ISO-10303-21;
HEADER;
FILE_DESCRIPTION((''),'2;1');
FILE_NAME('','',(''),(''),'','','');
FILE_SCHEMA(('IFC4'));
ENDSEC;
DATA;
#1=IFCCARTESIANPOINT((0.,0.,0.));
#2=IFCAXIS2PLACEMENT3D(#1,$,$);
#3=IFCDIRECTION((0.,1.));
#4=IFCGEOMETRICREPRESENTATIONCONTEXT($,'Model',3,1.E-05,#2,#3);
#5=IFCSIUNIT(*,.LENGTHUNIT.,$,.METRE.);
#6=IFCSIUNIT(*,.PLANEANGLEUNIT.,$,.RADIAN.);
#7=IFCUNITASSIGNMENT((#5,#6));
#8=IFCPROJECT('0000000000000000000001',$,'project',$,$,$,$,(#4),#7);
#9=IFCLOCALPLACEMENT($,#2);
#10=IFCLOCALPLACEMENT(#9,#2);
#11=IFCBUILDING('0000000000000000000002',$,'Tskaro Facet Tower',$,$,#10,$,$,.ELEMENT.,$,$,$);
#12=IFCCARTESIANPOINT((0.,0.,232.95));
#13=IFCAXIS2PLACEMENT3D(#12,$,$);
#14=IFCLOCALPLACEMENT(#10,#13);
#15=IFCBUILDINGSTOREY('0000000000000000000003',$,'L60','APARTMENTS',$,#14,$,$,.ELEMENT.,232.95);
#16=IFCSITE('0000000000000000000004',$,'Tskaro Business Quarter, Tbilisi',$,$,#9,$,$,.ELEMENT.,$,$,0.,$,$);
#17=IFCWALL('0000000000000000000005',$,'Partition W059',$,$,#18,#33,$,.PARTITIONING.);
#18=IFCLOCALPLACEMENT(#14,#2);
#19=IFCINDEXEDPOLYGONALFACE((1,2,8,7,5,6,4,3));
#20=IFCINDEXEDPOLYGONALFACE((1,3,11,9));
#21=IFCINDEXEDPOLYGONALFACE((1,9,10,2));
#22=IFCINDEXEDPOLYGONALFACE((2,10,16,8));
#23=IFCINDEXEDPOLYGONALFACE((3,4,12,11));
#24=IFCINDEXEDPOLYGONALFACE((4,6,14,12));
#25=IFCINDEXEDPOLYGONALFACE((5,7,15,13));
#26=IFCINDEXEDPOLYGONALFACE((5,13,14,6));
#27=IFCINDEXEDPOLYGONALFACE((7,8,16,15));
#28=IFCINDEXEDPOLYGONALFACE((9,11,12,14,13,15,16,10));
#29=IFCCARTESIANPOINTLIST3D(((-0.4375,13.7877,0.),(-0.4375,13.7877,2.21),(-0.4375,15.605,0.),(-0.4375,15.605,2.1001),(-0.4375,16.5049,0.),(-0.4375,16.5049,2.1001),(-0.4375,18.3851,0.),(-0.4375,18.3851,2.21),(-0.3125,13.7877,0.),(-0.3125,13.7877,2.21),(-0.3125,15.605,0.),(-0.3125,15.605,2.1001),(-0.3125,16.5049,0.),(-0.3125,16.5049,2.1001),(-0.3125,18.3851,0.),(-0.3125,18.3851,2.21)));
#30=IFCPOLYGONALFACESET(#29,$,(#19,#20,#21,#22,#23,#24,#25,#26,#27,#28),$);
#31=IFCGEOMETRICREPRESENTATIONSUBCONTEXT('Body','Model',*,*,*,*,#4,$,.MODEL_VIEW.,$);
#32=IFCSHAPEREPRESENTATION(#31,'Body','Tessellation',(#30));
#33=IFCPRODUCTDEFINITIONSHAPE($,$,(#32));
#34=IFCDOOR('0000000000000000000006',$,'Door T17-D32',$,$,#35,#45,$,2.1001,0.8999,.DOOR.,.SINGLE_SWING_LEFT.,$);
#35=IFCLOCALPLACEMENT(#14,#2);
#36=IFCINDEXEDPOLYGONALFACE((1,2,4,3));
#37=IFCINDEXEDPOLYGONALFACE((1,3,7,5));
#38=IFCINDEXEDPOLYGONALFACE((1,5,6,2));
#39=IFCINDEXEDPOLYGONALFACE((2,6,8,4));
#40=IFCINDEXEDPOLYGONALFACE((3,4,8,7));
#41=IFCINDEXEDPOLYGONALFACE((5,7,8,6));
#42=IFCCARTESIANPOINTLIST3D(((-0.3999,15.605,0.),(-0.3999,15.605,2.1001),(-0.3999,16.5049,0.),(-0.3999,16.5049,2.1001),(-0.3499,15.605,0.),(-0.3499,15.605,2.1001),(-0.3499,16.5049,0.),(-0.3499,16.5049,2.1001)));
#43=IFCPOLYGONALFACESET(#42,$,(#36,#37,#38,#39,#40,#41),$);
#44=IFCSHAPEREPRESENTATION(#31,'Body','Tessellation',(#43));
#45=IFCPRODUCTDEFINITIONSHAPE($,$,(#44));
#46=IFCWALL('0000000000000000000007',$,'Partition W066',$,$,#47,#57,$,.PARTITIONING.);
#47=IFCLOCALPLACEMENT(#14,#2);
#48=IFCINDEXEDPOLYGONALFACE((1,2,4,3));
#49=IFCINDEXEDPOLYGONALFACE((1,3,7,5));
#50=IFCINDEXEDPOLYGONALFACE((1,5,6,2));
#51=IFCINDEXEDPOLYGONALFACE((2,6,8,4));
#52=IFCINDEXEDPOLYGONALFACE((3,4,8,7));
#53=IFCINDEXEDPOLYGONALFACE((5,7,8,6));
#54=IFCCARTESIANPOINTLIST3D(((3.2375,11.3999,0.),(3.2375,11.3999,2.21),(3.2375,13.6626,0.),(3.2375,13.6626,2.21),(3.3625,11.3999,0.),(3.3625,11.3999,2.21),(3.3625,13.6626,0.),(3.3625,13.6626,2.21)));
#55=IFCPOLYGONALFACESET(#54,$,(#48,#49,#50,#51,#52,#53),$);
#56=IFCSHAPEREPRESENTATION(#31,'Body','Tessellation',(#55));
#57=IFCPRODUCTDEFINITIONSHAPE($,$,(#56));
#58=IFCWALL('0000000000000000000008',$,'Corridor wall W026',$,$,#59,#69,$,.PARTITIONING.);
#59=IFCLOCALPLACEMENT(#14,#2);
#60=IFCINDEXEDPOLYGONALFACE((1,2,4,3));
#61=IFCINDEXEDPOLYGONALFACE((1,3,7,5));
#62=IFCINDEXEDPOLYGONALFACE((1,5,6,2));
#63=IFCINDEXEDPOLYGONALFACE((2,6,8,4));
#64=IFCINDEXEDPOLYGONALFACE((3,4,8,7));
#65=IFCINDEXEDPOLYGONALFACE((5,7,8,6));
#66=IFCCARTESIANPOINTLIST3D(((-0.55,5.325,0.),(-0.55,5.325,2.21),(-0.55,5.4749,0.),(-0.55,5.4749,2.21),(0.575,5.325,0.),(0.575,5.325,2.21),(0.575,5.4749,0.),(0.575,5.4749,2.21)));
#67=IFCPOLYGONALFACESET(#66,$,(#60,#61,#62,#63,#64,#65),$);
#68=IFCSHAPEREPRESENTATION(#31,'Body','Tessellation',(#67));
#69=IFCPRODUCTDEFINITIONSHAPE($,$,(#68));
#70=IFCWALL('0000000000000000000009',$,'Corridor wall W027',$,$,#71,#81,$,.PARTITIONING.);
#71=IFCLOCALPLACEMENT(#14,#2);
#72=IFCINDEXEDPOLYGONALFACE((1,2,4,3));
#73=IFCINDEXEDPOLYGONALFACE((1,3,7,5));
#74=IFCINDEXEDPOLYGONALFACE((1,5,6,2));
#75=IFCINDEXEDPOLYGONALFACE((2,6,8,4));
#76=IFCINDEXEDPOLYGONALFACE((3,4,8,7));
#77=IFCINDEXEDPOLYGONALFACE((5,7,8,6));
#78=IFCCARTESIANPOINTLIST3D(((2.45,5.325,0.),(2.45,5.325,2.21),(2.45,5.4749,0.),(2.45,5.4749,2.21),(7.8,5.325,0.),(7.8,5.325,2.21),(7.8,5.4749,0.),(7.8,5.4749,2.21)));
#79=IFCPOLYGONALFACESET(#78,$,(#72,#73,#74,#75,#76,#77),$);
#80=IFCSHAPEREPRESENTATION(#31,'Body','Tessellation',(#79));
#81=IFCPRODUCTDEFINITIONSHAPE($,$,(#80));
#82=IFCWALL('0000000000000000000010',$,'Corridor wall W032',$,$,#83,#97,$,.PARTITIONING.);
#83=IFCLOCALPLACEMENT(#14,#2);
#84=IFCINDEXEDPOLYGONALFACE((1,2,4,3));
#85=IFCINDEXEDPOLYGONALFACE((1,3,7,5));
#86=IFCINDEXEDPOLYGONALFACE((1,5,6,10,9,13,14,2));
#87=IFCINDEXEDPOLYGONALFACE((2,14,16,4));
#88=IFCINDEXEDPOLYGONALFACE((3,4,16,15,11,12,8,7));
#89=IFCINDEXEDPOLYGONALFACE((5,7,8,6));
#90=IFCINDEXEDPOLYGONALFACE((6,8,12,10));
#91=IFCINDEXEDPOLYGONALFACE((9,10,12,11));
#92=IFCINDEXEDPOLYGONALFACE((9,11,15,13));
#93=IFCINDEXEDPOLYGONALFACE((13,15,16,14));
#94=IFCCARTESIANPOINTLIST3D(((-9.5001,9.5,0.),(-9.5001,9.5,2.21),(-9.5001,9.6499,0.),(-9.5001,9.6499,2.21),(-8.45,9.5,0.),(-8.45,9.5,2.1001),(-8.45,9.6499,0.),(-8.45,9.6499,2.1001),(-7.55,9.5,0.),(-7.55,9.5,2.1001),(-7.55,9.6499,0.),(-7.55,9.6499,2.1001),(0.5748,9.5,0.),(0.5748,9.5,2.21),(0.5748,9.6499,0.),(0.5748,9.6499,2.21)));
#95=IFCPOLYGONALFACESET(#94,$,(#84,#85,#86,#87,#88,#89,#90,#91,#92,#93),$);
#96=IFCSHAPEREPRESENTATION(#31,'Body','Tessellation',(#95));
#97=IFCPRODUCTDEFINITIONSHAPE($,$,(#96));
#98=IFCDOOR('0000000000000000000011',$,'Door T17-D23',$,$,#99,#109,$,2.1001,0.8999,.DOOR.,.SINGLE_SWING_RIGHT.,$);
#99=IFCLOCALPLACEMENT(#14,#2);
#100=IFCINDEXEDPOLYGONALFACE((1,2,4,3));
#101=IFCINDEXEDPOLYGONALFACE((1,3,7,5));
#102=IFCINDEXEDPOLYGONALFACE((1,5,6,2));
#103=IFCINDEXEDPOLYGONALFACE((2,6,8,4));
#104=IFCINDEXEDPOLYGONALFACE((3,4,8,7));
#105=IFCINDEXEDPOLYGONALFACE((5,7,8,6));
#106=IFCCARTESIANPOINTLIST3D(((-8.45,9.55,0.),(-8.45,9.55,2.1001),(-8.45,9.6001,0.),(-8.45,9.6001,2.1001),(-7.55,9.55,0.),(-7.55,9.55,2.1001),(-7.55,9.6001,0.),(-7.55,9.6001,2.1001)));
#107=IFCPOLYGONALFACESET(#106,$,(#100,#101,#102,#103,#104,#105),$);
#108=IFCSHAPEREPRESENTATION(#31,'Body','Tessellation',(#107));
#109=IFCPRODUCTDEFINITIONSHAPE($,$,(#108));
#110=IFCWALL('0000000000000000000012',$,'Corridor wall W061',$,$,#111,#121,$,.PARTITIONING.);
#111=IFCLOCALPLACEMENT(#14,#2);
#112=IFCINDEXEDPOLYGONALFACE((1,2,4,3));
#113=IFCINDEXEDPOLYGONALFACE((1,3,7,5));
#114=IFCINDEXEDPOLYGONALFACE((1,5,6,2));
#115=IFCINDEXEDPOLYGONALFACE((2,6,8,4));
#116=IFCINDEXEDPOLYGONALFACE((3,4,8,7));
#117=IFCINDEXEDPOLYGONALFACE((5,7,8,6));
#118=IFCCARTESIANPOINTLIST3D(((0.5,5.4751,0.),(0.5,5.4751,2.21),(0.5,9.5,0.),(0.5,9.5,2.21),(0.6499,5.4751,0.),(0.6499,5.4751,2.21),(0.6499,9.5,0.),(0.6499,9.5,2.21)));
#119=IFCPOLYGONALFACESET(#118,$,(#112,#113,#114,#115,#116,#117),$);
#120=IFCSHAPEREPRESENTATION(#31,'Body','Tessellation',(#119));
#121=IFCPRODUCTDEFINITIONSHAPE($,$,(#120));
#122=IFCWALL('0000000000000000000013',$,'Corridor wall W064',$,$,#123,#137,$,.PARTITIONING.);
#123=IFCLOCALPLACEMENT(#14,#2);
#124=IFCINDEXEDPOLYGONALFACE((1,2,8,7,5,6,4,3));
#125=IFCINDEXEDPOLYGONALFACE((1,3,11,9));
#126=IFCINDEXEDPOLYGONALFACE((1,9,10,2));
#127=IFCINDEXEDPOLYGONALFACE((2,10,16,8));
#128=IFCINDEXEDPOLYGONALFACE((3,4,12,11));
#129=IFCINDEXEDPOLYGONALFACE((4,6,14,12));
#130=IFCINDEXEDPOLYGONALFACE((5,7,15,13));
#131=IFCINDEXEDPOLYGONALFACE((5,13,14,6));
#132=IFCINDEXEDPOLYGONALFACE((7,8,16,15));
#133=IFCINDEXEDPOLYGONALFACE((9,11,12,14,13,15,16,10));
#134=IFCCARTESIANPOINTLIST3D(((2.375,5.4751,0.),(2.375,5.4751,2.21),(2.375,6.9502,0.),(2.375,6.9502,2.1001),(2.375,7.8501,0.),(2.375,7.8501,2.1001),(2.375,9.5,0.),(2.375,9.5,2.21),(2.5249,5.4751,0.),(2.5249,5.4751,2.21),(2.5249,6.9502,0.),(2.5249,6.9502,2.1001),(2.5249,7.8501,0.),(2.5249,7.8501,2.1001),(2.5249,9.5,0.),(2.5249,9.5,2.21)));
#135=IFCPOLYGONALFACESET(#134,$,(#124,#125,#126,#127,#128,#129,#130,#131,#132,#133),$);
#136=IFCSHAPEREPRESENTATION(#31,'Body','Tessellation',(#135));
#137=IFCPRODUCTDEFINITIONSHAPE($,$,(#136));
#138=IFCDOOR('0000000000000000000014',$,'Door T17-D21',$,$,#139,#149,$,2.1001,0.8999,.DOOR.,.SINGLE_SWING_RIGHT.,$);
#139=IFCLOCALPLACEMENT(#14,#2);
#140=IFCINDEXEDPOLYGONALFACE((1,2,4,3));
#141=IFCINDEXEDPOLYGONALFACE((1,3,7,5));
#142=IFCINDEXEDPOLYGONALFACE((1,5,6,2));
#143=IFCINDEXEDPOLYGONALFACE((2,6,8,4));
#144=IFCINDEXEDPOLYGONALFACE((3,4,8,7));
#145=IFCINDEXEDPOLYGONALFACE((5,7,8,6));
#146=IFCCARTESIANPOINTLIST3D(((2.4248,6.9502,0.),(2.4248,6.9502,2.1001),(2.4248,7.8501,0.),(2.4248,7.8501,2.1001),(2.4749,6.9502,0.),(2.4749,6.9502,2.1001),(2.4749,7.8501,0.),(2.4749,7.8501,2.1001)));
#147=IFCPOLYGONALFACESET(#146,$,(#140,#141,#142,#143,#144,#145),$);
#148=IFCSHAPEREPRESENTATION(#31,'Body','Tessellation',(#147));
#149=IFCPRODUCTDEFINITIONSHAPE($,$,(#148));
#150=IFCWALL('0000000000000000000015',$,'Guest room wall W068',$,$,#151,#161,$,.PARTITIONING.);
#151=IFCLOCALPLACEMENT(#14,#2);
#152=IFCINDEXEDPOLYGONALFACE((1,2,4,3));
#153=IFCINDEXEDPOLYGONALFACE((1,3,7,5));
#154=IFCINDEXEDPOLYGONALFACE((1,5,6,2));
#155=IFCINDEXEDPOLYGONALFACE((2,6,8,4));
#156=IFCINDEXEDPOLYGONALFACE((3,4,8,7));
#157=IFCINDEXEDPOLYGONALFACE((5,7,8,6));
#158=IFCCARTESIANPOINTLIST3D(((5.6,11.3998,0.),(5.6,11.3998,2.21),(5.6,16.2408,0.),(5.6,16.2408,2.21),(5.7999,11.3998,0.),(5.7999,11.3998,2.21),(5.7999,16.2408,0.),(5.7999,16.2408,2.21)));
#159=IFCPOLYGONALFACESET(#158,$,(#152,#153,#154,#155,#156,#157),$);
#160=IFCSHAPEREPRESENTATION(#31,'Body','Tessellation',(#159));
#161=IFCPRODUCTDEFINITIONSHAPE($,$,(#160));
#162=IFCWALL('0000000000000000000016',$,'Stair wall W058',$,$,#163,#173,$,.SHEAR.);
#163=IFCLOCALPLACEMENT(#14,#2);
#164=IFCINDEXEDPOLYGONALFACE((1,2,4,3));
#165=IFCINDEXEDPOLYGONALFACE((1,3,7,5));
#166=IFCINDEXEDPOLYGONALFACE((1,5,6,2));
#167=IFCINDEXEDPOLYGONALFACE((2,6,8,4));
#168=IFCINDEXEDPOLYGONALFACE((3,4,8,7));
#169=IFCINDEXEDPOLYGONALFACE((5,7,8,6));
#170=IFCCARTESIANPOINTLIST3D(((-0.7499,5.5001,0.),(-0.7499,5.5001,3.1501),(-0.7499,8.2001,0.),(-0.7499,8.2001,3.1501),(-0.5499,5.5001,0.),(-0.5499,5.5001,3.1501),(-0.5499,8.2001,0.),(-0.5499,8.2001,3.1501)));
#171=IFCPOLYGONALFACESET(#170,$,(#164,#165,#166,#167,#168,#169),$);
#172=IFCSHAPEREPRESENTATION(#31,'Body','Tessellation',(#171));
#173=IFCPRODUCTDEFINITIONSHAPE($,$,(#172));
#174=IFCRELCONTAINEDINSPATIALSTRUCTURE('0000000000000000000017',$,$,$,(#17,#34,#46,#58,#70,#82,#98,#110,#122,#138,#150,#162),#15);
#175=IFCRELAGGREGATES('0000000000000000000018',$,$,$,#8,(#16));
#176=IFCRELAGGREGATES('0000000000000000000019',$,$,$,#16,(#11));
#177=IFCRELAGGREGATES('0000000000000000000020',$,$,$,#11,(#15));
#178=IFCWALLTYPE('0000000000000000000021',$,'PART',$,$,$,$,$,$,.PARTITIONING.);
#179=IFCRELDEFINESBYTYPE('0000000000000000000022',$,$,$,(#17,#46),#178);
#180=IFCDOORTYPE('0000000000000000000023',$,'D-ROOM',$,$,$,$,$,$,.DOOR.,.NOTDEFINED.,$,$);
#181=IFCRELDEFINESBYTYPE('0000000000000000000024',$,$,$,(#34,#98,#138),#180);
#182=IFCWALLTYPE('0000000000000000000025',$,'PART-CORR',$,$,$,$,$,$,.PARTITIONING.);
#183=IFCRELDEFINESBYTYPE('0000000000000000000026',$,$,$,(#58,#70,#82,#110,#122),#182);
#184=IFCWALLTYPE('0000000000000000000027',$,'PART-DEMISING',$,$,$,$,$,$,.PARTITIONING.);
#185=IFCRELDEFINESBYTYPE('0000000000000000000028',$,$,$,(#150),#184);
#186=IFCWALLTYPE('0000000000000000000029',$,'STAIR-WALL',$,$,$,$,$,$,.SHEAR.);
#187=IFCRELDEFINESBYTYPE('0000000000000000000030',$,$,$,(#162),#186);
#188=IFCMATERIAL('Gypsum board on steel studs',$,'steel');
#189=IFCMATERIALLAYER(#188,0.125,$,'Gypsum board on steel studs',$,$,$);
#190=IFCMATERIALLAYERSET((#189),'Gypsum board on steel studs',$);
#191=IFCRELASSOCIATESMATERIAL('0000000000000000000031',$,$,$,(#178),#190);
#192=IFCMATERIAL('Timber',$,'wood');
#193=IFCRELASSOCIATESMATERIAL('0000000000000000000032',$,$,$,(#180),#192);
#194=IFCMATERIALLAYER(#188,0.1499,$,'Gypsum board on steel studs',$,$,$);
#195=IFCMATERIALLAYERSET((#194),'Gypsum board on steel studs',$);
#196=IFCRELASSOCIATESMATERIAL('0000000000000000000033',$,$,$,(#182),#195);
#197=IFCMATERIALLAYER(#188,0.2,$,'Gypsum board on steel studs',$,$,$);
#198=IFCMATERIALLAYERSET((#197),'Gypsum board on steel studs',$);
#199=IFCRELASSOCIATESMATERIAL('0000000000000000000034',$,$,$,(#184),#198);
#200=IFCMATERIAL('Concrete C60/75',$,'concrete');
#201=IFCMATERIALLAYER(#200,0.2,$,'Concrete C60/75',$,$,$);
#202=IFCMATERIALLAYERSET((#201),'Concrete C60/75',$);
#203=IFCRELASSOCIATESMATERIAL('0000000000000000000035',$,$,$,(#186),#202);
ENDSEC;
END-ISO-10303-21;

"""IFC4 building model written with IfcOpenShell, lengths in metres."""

from ifc_helpers import new_model, si_unit, direction, frame, frame_2d, origin, place, context, subcontext, project, spatial, rectangle, extrude, material, layer, layer_set, type_object, element, fill, save


model = new_model("IFC4")

# Units and contexts
model_context = context("Model", 3, precision=1e-05, world=origin(), true_north=direction((0.0, 1.0)))
body_context = subcontext(model_context, "Body", "Model", "MODEL_VIEW")
ifc_project = project(units=[si_unit("LENGTHUNIT", "METRE"), si_unit("PLANEANGLEUNIT", "RADIAN")], contexts=[model_context])

# Site, building, storey
site_placement = place(None, origin())
site = spatial("IfcSite", under=ifc_project, at=site_placement, Name="Tskaro Business Quarter, Tbilisi", CompositionType="ELEMENT", RefElevation=0.0)
building_placement = place(site_placement, origin())
building = spatial("IfcBuilding", under=site, at=building_placement, Name="Tskaro Facet Tower", CompositionType="ELEMENT")
storey_placement = place(building_placement, frame((0.0, 0.0, 232.95)))
storey = spatial("IfcBuildingStorey", under=building, at=storey_placement, Name="L60", Description="APARTMENTS", CompositionType="ELEMENT", Elevation=232.95)

# Shared definitions
ifc_material_1 = material(Name="Concrete C60/75", Category="concrete")

# Shared definitions
ifc_material_2 = material(Name="Gypsum board on steel studs", Category="steel")
ifc_layer_1 = layer(ifc_material_2, 0.125, Name="Gypsum board on steel studs")
ifc_layer_set_1 = layer_set([ifc_layer_1], Name="Gypsum board on steel studs")
wall_type_1 = type_object("IfcWallType", Name="PART", PredefinedType="PARTITIONING", material=ifc_layer_set_1)

# Wall, opening, door
wall_1_placement = place(storey_placement, frame((-0.375, 13.7876, 0.0), z_axis=(0.0, 0.0, 1.0), x_axis=(0.0, 1.0, 0.0)))
wall_1 = element("IfcWall", 1, at=wall_1_placement, inside=storey, type_object=wall_type_1, Name="Partition W059", PredefinedType="PARTITIONING", context=body_context, shape_type="SweptSolid", body=[
    extrude(rectangle(XDim=4.5974, YDim=0.125, at=frame_2d((2.2988, 0.0))), origin(), (0.0, 0.0, 1.0), 2.21),
])
opening_1_placement = place(wall_1_placement, frame((1.8174, 0.0, 0.0)))
opening_1 = element("IfcOpeningElement", 2, at=opening_1_placement, cuts=wall_1, PredefinedType="OPENING", context=body_context, shape_type="SweptSolid", body=[
    extrude(rectangle(XDim=0.8999, YDim=2.1001, at=frame_2d((0.45, 1.05))), frame((0.0, 0.0725, 0.0), z_axis=(0.0, -1.0, 0.0), x_axis=(1.0, 0.0, 0.0)), (0.0, 0.0, 1.0), 0.145),
])
ifc_material_3 = material(Name="Timber", Category="wood")
door_type = type_object("IfcDoorType", Name="D-ROOM", OperationType="NOTDEFINED", PredefinedType="DOOR", material=ifc_material_3)
door_1_placement = place(opening_1_placement, origin())
door_1 = element("IfcDoor", 3, at=door_1_placement, inside=storey, type_object=door_type, Name="Door T17-D32", OperationType="SINGLE_SWING_LEFT", OverallHeight=2.1001, OverallWidth=0.8999, PredefinedType="DOOR", context=body_context, shape_type="SweptSolid", body=[
    extrude(rectangle(XDim=0.8999, YDim=2.1001, at=frame_2d((0.45, 1.05))), frame((0.0, 0.0249, 0.0), z_axis=(0.0, -1.0, 0.0), x_axis=(1.0, 0.0, 0.0)), (0.0, 0.0, 1.0), 0.05),
])
fill(opening_1, door_1)

# Walls
wall_2_placement = place(storey_placement, frame((3.3, 11.3999, 0.0), z_axis=(0.0, 0.0, 1.0), x_axis=(0.0, 1.0, 0.0)))
element("IfcWall", 4, at=wall_2_placement, inside=storey, type_object=wall_type_1, Name="Partition W066", PredefinedType="PARTITIONING", context=body_context, shape_type="SweptSolid", body=[
    extrude(rectangle(XDim=2.2627, YDim=0.125, at=frame_2d((1.1313, 0.0))), origin(), (0.0, 0.0, 1.0), 2.21),
])
ifc_layer_2 = layer(ifc_material_2, 0.1499, Name="Gypsum board on steel studs")
ifc_layer_set_2 = layer_set([ifc_layer_2], Name="Gypsum board on steel studs")
wall_type_2 = type_object("IfcWallType", Name="PART-CORR", PredefinedType="PARTITIONING", material=ifc_layer_set_2)
wall_3_placement = place(storey_placement, frame((-0.55, 5.3999, 0.0), z_axis=(0.0, 0.0, 1.0), x_axis=(1.0, 0.0, 0.0)))
element("IfcWall", 5, at=wall_3_placement, inside=storey, type_object=wall_type_2, Name="Corridor wall W026", PredefinedType="PARTITIONING", context=body_context, shape_type="SweptSolid", body=[
    extrude(rectangle(XDim=1.125, YDim=0.1499, at=frame_2d((0.5625, 0.0))), origin(), (0.0, 0.0, 1.0), 2.21),
])
wall_4_placement = place(storey_placement, frame((2.45, 5.3999, 0.0), z_axis=(0.0, 0.0, 1.0), x_axis=(1.0, 0.0, 0.0)))
element("IfcWall", 6, at=wall_4_placement, inside=storey, type_object=wall_type_2, Name="Corridor wall W027", PredefinedType="PARTITIONING", context=body_context, shape_type="SweptSolid", body=[
    extrude(rectangle(XDim=5.3501, YDim=0.1499, at=frame_2d((2.675, 0.0))), origin(), (0.0, 0.0, 1.0), 2.21),
])

# Wall, opening, door
wall_5_placement = place(storey_placement, frame((0.575, 9.575, 0.0), z_axis=(0.0, 0.0, 1.0), x_axis=(-1.0, 0.0, 0.0)))
wall_5 = element("IfcWall", 7, at=wall_5_placement, inside=storey, type_object=wall_type_2, Name="Corridor wall W032", PredefinedType="PARTITIONING", context=body_context, shape_type="SweptSolid", body=[
    extrude(rectangle(XDim=10.075, YDim=0.1499, at=frame_2d((5.0376, 0.0))), origin(), (0.0, 0.0, 1.0), 2.21),
])
opening_2_placement = place(wall_5_placement, frame((8.125, 0.0, 0.0)))
opening_2 = element("IfcOpeningElement", 8, at=opening_2_placement, cuts=wall_5, PredefinedType="OPENING", context=body_context, shape_type="SweptSolid", body=[
    extrude(rectangle(XDim=0.8999, YDim=2.1001, at=frame_2d((0.45, 1.05))), frame((0.0, 0.085, 0.0), z_axis=(0.0, -1.0, 0.0), x_axis=(1.0, 0.0, 0.0)), (0.0, 0.0, 1.0), 0.1699),
])
door_2_placement = place(opening_2_placement, origin())
door_2 = element("IfcDoor", 9, at=door_2_placement, inside=storey, type_object=door_type, Name="Door T17-D23", OperationType="SINGLE_SWING_RIGHT", OverallHeight=2.1001, OverallWidth=0.8999, PredefinedType="DOOR", context=body_context, shape_type="SweptSolid", body=[
    extrude(rectangle(XDim=0.8999, YDim=2.1001, at=frame_2d((0.45, 1.05))), frame((0.0, 0.0249, 0.0), z_axis=(0.0, -1.0, 0.0), x_axis=(1.0, 0.0, 0.0)), (0.0, 0.0, 1.0), 0.05),
])
fill(opening_2, door_2)

# Wall
wall_6_placement = place(storey_placement, frame((0.575, 5.4751, 0.0), z_axis=(0.0, 0.0, 1.0), x_axis=(0.0, 1.0, 0.0)))
element("IfcWall", 10, at=wall_6_placement, inside=storey, type_object=wall_type_2, Name="Corridor wall W061", PredefinedType="PARTITIONING", context=body_context, shape_type="SweptSolid", body=[
    extrude(rectangle(XDim=4.0249, YDim=0.1499, at=frame_2d((2.0125, 0.0))), origin(), (0.0, 0.0, 1.0), 2.21),
])

# Wall, opening, door
wall_7_placement = place(storey_placement, frame((2.45, 9.5, 0.0), z_axis=(0.0, 0.0, 1.0), x_axis=(0.0, -1.0, 0.0)))
wall_7 = element("IfcWall", 11, at=wall_7_placement, inside=storey, type_object=wall_type_2, Name="Corridor wall W064", PredefinedType="PARTITIONING", context=body_context, shape_type="SweptSolid", body=[
    extrude(rectangle(XDim=4.0249, YDim=0.1499, at=frame_2d((2.0125, 0.0))), origin(), (0.0, 0.0, 1.0), 2.21),
])
opening_3_placement = place(wall_7_placement, frame((1.6499, 0.0, 0.0)))
opening_3 = element("IfcOpeningElement", 12, at=opening_3_placement, cuts=wall_7, PredefinedType="OPENING", context=body_context, shape_type="SweptSolid", body=[
    extrude(rectangle(XDim=0.8999, YDim=2.1001, at=frame_2d((0.45, 1.05))), frame((0.0, 0.085, 0.0), z_axis=(0.0, -1.0, 0.0), x_axis=(1.0, 0.0, 0.0)), (0.0, 0.0, 1.0), 0.1699),
])
door_3_placement = place(opening_3_placement, origin())
door_3 = element("IfcDoor", 13, at=door_3_placement, inside=storey, type_object=door_type, Name="Door T17-D21", OperationType="SINGLE_SWING_RIGHT", OverallHeight=2.1001, OverallWidth=0.8999, PredefinedType="DOOR", context=body_context, shape_type="SweptSolid", body=[
    extrude(rectangle(XDim=0.8999, YDim=2.1001, at=frame_2d((0.45, 1.05))), frame((0.0, 0.0249, 0.0), z_axis=(0.0, -1.0, 0.0), x_axis=(1.0, 0.0, 0.0)), (0.0, 0.0, 1.0), 0.05),
])
fill(opening_3, door_3)

# Walls
ifc_layer_3 = layer(ifc_material_2, 0.2, Name="Gypsum board on steel studs")
ifc_layer_set_3 = layer_set([ifc_layer_3], Name="Gypsum board on steel studs")
wall_type_3 = type_object("IfcWallType", Name="PART-DEMISING", PredefinedType="PARTITIONING", material=ifc_layer_set_3)
wall_8_placement = place(storey_placement, frame((5.7, 11.3999, 0.0), z_axis=(0.0, 0.0, 1.0), x_axis=(0.0, 1.0, 0.0)))
element("IfcWall", 14, at=wall_8_placement, inside=storey, type_object=wall_type_3, Name="Guest room wall W068", PredefinedType="PARTITIONING", context=body_context, shape_type="SweptSolid", body=[
    extrude(rectangle(XDim=4.8411, YDim=0.2, at=frame_2d((2.4204, 0.0))), origin(), (0.0, 0.0, 1.0), 2.21),
])
ifc_layer_4 = layer(ifc_material_1, 0.2, Name="Concrete C60/75")
ifc_layer_set_4 = layer_set([ifc_layer_4], Name="Concrete C60/75")
wall_type_4 = type_object("IfcWallType", Name="STAIR-WALL", PredefinedType="SHEAR", material=ifc_layer_set_4)
wall_9_placement = place(storey_placement, frame((-0.6499, 5.5, 0.0), z_axis=(0.0, 0.0, 1.0), x_axis=(0.0, 1.0, 0.0)))
element("IfcWall", 15, at=wall_9_placement, inside=storey, type_object=wall_type_4, Name="Stair wall W058", PredefinedType="SHEAR", context=body_context, shape_type="SweptSolid", body=[
    extrude(rectangle(XDim=2.7, YDim=0.2, at=frame_2d((1.3501, 0.0))), origin(), (0.0, 0.0, 1.0), 3.1501),
])

save(model, "model.ifc")
